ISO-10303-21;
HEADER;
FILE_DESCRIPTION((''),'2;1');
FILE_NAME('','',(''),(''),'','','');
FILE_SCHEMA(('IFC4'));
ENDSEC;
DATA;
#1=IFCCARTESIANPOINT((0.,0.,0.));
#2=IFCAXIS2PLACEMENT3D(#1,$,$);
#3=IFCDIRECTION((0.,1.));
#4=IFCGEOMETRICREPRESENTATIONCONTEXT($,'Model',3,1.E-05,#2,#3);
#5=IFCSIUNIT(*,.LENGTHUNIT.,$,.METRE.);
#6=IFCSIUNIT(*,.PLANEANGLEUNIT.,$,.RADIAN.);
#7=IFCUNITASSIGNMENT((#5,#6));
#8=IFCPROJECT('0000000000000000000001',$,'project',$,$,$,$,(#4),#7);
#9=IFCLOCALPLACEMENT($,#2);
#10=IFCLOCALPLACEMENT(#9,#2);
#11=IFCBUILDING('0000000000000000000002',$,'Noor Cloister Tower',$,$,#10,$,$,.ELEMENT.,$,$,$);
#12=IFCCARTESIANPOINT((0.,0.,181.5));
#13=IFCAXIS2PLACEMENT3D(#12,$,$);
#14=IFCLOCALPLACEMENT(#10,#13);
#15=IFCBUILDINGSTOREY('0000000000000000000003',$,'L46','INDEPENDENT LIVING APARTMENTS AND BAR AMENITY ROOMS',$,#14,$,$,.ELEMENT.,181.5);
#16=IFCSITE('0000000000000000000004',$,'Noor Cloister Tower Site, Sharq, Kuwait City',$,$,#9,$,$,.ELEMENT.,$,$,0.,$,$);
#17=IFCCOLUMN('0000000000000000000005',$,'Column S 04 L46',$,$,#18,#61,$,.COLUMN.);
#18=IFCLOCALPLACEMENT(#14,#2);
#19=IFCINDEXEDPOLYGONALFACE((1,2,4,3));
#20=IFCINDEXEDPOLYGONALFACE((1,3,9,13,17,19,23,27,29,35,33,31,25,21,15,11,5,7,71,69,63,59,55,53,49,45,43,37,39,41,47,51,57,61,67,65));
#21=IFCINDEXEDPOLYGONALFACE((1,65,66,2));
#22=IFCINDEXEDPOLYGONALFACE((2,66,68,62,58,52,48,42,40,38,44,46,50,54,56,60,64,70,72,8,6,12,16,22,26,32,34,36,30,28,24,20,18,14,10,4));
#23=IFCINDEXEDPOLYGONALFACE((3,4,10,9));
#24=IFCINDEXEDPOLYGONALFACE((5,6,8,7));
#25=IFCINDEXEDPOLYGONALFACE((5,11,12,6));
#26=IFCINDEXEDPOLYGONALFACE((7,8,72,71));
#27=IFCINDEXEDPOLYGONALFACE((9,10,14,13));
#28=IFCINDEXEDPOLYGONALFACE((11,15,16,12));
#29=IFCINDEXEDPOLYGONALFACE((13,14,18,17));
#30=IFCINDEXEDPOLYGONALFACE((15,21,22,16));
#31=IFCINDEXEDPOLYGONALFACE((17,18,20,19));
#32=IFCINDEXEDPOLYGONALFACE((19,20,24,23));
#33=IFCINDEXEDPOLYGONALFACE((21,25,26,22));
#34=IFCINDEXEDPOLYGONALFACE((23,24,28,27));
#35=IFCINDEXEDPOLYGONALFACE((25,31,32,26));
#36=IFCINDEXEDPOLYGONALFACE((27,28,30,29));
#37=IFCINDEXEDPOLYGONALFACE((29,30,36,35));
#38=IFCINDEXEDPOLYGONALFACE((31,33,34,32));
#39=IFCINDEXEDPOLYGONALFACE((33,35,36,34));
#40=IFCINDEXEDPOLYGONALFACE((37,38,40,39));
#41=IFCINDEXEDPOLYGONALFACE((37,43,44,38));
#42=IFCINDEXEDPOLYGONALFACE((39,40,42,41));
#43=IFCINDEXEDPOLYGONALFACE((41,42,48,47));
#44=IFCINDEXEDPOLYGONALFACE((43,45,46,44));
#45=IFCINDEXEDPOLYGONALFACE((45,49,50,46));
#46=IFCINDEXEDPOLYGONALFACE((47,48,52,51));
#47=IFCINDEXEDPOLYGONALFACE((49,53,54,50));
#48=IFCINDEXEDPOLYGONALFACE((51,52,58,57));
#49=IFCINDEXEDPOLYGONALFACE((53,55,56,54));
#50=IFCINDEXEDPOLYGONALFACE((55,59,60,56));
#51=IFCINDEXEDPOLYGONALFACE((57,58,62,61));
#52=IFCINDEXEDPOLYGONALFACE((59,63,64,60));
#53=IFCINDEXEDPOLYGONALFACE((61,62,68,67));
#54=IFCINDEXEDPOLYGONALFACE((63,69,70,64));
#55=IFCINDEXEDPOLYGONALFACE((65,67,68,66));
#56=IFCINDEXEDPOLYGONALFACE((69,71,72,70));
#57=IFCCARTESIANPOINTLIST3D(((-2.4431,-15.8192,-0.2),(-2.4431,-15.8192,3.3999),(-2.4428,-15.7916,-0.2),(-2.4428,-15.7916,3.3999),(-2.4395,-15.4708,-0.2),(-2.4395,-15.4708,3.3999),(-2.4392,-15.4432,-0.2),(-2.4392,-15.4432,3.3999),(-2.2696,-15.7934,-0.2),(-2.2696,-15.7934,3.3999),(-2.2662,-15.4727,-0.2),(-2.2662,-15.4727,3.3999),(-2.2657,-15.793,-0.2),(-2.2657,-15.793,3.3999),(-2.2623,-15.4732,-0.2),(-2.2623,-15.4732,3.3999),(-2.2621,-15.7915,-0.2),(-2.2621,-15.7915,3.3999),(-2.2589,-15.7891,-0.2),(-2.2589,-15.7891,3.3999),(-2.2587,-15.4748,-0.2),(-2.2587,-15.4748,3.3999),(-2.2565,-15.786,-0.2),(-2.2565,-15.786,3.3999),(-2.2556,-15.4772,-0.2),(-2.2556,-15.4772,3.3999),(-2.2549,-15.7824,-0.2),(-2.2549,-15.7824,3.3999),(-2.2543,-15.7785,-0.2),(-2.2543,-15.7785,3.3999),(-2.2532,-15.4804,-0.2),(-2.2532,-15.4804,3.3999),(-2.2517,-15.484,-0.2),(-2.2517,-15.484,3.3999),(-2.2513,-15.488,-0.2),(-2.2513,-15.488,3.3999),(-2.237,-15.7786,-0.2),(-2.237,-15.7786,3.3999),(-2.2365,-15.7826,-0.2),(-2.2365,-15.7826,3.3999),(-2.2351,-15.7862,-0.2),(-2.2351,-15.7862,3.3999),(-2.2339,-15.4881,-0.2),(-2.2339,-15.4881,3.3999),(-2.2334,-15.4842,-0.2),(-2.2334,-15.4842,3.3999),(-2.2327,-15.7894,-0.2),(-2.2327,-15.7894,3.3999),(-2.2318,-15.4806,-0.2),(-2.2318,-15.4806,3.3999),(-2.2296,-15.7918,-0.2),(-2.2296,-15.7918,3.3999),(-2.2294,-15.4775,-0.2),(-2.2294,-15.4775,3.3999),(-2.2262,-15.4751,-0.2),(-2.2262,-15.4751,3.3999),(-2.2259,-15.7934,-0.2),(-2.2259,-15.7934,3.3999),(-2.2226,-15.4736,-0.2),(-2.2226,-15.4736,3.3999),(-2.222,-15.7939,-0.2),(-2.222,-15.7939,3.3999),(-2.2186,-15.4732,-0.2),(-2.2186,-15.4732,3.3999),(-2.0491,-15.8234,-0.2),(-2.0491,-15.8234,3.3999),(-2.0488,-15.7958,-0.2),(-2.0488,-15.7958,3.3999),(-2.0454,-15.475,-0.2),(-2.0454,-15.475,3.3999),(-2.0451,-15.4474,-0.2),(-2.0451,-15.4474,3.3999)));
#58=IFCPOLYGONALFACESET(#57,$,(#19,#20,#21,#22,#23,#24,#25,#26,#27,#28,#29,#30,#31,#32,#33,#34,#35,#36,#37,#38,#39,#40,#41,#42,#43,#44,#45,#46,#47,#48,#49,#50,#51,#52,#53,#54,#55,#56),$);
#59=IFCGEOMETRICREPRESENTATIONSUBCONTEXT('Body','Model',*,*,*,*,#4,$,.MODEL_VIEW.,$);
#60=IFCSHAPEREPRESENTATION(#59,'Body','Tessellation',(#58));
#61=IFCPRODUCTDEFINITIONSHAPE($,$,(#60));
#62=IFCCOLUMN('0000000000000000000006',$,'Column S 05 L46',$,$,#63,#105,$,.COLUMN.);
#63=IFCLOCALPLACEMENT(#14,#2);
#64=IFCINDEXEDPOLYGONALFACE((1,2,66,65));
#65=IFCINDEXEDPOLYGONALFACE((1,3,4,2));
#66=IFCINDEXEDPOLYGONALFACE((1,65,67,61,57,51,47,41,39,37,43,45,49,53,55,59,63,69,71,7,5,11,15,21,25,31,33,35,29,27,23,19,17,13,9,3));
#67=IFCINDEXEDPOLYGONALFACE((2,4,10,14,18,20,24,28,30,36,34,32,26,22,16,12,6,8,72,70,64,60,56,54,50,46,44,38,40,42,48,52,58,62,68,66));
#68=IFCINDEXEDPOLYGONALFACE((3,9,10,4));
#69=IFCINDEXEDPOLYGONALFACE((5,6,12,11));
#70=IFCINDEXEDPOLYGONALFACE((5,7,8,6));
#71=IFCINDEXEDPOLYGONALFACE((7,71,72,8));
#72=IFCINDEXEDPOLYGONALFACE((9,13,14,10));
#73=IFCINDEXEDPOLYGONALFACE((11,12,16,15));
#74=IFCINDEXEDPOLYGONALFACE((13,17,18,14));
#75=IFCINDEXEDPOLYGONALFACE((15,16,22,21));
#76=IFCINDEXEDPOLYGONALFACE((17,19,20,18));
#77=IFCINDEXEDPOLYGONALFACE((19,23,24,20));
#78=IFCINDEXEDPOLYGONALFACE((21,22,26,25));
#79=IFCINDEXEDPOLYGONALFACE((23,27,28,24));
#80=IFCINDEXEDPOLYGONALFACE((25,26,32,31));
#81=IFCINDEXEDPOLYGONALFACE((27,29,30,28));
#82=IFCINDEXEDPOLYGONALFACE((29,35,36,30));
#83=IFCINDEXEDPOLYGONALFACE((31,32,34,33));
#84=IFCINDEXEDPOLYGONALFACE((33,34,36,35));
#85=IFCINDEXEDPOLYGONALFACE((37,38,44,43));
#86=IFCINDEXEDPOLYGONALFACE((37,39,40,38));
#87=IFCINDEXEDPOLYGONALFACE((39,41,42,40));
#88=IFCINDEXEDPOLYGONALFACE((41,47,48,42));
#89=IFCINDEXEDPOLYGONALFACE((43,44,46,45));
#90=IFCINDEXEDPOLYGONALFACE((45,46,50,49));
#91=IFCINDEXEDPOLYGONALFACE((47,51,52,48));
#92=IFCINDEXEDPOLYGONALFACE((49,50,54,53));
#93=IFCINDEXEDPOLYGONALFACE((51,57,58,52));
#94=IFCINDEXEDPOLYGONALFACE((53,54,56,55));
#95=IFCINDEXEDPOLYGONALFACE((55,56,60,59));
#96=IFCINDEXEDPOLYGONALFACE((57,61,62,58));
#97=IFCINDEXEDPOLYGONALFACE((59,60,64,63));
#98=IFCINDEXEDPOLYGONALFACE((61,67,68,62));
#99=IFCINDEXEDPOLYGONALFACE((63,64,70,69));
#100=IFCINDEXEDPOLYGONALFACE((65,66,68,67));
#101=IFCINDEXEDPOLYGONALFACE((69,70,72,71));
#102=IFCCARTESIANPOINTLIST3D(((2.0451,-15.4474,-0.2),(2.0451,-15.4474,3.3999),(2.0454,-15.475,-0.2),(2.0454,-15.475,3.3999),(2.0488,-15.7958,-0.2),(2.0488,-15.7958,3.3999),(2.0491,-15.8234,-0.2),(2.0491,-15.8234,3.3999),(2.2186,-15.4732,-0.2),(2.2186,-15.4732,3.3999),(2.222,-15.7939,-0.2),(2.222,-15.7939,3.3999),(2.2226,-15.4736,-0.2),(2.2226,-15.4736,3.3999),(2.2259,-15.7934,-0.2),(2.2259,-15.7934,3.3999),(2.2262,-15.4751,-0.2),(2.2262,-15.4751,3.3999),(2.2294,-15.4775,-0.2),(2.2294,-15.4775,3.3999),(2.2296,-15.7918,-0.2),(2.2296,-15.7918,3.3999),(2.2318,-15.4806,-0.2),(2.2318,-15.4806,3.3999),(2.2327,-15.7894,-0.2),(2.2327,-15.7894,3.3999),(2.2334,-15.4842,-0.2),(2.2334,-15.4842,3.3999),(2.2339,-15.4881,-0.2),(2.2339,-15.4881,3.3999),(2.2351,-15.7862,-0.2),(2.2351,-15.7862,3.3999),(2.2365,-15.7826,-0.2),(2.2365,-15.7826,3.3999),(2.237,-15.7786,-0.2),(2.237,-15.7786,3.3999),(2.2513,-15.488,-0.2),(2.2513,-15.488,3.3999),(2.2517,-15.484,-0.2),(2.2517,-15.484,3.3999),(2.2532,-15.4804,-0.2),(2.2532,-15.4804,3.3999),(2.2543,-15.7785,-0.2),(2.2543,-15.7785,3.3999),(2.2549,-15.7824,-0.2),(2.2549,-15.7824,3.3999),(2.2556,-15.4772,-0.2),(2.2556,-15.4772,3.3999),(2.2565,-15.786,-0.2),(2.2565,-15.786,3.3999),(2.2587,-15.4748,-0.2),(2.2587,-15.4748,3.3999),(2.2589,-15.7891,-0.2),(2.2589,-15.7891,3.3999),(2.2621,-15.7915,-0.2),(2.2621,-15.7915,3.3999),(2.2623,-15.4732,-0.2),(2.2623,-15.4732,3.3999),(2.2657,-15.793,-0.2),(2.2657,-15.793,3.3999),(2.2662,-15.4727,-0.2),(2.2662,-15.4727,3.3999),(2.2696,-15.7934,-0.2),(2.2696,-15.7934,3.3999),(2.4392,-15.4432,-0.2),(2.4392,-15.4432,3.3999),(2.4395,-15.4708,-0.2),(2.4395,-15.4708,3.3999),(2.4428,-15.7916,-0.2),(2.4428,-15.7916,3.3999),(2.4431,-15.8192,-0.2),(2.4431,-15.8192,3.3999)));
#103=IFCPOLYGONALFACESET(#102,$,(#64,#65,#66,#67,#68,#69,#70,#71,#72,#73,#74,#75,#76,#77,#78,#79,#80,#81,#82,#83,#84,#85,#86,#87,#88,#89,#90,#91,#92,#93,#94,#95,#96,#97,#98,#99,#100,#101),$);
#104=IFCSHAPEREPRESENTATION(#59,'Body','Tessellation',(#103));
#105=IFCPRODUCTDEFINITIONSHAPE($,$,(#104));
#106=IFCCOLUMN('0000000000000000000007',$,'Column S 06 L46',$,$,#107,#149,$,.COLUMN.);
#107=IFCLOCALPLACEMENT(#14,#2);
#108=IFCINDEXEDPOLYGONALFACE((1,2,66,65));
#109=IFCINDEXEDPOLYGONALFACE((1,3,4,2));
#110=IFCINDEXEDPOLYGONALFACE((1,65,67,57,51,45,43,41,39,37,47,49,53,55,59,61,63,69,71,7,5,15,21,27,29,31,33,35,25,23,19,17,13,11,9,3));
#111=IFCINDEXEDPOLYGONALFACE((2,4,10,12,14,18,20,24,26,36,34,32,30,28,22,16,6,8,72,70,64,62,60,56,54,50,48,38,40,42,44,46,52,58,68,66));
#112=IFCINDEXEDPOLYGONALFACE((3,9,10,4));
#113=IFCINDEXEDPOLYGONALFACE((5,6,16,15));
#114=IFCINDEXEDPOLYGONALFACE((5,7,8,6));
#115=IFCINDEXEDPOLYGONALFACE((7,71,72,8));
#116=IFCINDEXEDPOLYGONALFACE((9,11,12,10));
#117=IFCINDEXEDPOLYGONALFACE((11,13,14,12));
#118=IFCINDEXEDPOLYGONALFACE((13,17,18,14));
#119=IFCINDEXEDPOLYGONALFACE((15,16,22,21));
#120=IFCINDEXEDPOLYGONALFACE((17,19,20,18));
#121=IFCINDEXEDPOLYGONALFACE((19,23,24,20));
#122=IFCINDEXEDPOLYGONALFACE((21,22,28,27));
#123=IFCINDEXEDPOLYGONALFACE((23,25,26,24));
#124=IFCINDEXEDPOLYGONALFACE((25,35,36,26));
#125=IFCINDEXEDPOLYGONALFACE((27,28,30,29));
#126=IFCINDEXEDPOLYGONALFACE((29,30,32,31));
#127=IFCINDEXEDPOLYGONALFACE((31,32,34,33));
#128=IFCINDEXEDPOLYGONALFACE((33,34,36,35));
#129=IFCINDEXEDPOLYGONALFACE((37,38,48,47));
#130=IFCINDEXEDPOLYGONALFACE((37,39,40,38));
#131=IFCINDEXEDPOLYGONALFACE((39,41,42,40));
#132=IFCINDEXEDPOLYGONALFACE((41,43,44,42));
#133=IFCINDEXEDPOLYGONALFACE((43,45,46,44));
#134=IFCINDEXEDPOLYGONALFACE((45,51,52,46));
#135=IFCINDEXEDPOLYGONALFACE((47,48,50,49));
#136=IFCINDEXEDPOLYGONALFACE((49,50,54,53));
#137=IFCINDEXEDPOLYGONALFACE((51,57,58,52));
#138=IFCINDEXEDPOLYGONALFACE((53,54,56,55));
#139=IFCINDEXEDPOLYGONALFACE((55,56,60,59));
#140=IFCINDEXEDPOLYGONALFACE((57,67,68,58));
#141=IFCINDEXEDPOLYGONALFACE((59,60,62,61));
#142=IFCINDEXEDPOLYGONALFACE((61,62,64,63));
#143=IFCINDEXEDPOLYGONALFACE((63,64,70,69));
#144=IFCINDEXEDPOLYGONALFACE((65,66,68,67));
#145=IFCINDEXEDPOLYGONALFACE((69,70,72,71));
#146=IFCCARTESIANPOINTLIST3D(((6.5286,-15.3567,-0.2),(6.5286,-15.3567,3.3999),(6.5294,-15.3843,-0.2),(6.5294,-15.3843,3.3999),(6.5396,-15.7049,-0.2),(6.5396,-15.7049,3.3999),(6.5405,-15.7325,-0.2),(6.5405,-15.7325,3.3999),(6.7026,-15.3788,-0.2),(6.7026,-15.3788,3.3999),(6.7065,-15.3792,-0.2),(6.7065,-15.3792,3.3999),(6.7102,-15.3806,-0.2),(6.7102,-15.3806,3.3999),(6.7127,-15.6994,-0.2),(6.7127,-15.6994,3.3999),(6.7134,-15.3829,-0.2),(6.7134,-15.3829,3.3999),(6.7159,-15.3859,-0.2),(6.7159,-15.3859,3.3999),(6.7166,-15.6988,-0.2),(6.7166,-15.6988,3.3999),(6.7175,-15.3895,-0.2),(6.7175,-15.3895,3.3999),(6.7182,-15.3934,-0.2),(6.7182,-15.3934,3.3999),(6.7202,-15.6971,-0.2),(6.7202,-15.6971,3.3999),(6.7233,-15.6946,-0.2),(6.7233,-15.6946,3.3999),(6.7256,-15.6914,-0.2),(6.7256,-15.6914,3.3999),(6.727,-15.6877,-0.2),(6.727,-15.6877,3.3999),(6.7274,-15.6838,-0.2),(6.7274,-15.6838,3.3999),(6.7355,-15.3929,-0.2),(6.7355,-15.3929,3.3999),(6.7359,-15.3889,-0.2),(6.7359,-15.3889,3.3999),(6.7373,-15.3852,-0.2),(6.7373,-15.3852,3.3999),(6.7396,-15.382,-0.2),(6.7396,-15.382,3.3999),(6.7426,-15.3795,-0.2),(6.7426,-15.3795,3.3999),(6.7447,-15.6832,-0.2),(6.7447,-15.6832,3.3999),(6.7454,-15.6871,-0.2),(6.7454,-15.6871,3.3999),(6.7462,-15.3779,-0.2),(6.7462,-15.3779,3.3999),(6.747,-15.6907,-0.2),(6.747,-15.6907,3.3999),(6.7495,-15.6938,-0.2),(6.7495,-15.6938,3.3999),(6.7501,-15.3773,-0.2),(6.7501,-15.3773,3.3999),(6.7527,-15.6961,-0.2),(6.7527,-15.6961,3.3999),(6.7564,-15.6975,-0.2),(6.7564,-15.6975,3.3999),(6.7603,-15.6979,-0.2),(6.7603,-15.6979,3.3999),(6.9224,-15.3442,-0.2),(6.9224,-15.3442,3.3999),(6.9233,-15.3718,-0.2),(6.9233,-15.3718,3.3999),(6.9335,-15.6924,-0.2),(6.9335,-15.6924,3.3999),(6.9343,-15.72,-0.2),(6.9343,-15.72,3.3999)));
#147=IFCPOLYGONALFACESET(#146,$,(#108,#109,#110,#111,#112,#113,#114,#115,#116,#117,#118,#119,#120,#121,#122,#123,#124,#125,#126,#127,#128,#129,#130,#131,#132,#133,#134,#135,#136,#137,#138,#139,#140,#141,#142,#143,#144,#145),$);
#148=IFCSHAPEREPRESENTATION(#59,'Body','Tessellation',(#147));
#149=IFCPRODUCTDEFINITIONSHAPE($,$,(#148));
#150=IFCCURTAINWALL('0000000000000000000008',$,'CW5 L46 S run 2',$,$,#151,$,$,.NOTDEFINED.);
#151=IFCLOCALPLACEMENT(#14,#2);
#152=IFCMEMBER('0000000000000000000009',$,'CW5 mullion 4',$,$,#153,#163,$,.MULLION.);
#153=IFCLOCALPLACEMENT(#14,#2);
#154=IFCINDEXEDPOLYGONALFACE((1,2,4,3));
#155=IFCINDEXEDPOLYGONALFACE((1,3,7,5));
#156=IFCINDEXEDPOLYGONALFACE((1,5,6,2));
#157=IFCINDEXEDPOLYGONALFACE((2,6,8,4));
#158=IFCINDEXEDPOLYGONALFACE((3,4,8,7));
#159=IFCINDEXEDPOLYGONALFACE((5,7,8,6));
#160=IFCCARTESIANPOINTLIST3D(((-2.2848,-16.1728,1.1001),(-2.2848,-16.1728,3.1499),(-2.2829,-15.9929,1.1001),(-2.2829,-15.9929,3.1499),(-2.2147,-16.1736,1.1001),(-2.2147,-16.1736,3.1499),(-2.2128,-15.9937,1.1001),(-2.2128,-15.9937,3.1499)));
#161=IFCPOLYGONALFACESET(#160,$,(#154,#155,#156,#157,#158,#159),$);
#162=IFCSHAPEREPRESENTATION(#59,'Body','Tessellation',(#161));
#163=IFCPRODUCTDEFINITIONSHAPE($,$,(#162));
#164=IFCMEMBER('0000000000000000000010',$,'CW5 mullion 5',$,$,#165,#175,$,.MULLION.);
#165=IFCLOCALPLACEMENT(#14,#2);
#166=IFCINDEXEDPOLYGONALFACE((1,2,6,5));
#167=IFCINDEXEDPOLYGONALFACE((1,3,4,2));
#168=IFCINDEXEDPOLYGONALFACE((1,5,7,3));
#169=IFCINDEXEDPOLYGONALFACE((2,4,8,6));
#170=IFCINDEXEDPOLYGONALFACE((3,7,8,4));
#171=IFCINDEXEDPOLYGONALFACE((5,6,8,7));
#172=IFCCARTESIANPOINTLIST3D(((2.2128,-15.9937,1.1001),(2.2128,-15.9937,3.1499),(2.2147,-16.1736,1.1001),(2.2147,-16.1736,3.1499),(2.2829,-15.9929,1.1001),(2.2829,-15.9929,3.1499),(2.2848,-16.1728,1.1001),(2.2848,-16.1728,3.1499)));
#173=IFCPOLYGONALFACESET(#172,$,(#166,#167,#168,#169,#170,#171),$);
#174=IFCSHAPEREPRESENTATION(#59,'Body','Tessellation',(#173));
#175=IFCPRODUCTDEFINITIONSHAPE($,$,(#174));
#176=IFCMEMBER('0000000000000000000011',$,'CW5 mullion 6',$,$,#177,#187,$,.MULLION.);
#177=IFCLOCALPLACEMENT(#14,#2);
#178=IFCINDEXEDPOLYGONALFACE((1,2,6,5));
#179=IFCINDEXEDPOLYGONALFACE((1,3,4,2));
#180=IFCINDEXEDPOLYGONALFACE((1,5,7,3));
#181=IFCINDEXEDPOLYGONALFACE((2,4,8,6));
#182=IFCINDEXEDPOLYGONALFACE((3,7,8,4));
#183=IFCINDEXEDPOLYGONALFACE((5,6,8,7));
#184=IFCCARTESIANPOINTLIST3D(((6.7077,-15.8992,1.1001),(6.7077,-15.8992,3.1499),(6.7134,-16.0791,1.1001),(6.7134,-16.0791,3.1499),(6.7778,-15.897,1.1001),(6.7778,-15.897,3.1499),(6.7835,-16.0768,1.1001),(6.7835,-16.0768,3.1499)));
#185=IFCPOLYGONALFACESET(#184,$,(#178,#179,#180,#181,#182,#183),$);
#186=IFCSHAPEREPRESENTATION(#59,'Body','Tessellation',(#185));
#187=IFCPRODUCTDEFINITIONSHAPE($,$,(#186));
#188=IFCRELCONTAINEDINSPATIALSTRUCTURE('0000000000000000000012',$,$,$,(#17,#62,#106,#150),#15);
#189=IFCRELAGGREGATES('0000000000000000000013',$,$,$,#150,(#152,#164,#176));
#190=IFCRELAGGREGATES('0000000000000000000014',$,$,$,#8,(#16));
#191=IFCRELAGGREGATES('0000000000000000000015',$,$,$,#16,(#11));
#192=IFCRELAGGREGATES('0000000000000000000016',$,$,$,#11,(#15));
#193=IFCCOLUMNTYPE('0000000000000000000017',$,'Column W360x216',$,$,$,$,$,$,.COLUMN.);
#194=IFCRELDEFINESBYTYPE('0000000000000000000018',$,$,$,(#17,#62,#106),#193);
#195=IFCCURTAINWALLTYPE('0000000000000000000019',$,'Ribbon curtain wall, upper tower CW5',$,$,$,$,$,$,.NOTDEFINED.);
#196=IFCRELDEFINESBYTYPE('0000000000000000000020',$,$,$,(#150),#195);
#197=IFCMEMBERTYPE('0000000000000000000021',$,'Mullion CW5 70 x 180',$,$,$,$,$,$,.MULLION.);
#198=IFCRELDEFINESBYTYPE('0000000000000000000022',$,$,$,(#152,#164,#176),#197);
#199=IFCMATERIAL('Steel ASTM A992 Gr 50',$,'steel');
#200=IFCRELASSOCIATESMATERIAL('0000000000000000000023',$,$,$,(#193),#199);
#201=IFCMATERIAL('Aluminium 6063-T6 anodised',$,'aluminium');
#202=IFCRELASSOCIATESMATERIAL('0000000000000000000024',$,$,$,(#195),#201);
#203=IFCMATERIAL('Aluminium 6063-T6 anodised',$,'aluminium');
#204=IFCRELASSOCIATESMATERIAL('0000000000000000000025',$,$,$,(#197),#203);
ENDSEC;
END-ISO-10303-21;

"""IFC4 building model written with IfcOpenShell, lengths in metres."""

from ifc_helpers import new_model, si_unit, direction, frame, origin, origin_2d, place, context, subcontext, project, spatial, rectangle, i_section, extrude, material, material_profile, profile_set, type_object, element, aggregate, save


model = new_model("IFC4")

# Units and contexts
model_context = context("Model", 3, precision=1e-05, world=origin(), true_north=direction((0.0, 1.0)))
body_context = subcontext(model_context, "Body", "Model", "MODEL_VIEW")
ifc_project = project(units=[si_unit("LENGTHUNIT", "METRE"), si_unit("PLANEANGLEUNIT", "RADIAN")], contexts=[model_context])

# Site, building, storey
site_placement = place(None, origin())
site = spatial("IfcSite", under=ifc_project, at=site_placement, Name="Noor Cloister Tower Site, Sharq, Kuwait City", CompositionType="ELEMENT", RefElevation=0.0)
building_placement = place(site_placement, origin())
building = spatial("IfcBuilding", under=site, at=building_placement, Name="Noor Cloister Tower", CompositionType="ELEMENT")
storey_placement = place(building_placement, frame((0.0, 0.0, 181.5)))
storey = spatial("IfcBuildingStorey", under=building, at=storey_placement, Name="L46", Description="INDEPENDENT LIVING APARTMENTS AND BAR AMENITY ROOMS", CompositionType="ELEMENT", Elevation=181.5)

# Columns
ifc_material_1 = material(Name="Steel ASTM A992 Gr 50", Category="steel")
ifc_material_profile_1 = material_profile(ifc_material_1, i_section(OverallWidth=0.394, OverallDepth=0.376, WebThickness=0.0173, FlangeThickness=0.0276, FilletRadius=0.0151, at=origin_2d()), Name="W360x216")
ifc_profile_set_1 = profile_set([ifc_material_profile_1], Name="Steel ASTM A992 Gr 50")
column_type = type_object("IfcColumnType", Name="Column W360x216", PredefinedType="COLUMN", material=ifc_profile_set_1)
for number, where, z_axis, x_axis, name in (
    (1, (-2.2441, -15.6333, -0.2), (0.0, 0.0, 1.0), (0.999944, -0.010591, 0.0), "Column S 04 L46"),
    (2, (2.2441, -15.6333, -0.2), (0.0, 0.0, 1.0), (0.999944, 0.010591, 0.0), "Column S 05 L46"),
    (3, (6.7314, -15.5383, -0.2), (0.0, 0.0, 1.0), (0.999495, 0.031767, 0.0), "Column S 06 L46"),
):
    element("IfcColumn", number, at=place(storey_placement, frame(where, z_axis=z_axis, x_axis=x_axis)), inside=storey, type_object=column_type, Name=name, PredefinedType="COLUMN", context=body_context, shape_type="SweptSolid", body=[
        extrude(i_section(OverallWidth=0.394, OverallDepth=0.376, WebThickness=0.0173, FlangeThickness=0.0276, FilletRadius=0.0151, at=origin_2d()), origin(), (0.0, 0.0, 1.0), 3.5999),
    ])

# Curtain wall, members
ifc_material_2 = material(Name="Aluminium 6063-T6 anodised", Category="aluminium")
curtain_wall_type = type_object("IfcCurtainWallType", Name="Ribbon curtain wall, upper tower CW5", PredefinedType="NOTDEFINED", material=ifc_material_2)
curtain_wall_placement = place(storey_placement, origin())
curtain_wall = element("IfcCurtainWall", 4, at=curtain_wall_placement, inside=storey, type_object=curtain_wall_type, Name="CW5 L46 S run 2", PredefinedType="NOTDEFINED")
ifc_material_3 = material(Name="Aluminium 6063-T6 anodised", Category="aluminium")
ifc_material_profile_2 = material_profile(ifc_material_3, rectangle(XDim=0.1799, YDim=0.0701, at=origin_2d()), Name="180 x 70 mullion")
ifc_profile_set_2 = profile_set([ifc_material_profile_2], Name="Aluminium 6063-T6 anodised")
member_type = type_object("IfcMemberType", Name="Mullion CW5 70 x 180", PredefinedType="MULLION", material=ifc_profile_set_2)
member_1_placement = place(storey_placement, frame((-2.2488, -16.0833, 1.1001), z_axis=(0.0, 0.0, 1.0), x_axis=(0.010591, 0.999944, 0.0)))
member_1 = element("IfcMember", 5, at=member_1_placement, type_object=member_type, Name="CW5 mullion 4", PredefinedType="MULLION", context=body_context, shape_type="SweptSolid", body=[
    extrude(rectangle(XDim=0.1799, YDim=0.0701, at=origin_2d()), origin(), (0.0, 0.0, 1.0), 2.0498),
])
member_2_placement = place(storey_placement, frame((2.2488, -16.0833, 1.1001), z_axis=(0.0, 0.0, 1.0), x_axis=(-0.010591, 0.999944, 0.0)))
member_2 = element("IfcMember", 6, at=member_2_placement, type_object=member_type, Name="CW5 mullion 5", PredefinedType="MULLION", context=body_context, shape_type="SweptSolid", body=[
    extrude(rectangle(XDim=0.1799, YDim=0.0701, at=origin_2d()), origin(), (0.0, 0.0, 1.0), 2.0498),
])
member_3_placement = place(storey_placement, frame((6.7456, -15.988, 1.1001), z_axis=(0.0, 0.0, 1.0), x_axis=(-0.031767, 0.999495, 0.0)))
member_3 = element("IfcMember", 7, at=member_3_placement, type_object=member_type, Name="CW5 mullion 6", PredefinedType="MULLION", context=body_context, shape_type="SweptSolid", body=[
    extrude(rectangle(XDim=0.1799, YDim=0.0701, at=origin_2d()), origin(), (0.0, 0.0, 1.0), 2.0498),
])

aggregate(curtain_wall, [member_1, member_2, member_3])

save(model, "model.ifc")
